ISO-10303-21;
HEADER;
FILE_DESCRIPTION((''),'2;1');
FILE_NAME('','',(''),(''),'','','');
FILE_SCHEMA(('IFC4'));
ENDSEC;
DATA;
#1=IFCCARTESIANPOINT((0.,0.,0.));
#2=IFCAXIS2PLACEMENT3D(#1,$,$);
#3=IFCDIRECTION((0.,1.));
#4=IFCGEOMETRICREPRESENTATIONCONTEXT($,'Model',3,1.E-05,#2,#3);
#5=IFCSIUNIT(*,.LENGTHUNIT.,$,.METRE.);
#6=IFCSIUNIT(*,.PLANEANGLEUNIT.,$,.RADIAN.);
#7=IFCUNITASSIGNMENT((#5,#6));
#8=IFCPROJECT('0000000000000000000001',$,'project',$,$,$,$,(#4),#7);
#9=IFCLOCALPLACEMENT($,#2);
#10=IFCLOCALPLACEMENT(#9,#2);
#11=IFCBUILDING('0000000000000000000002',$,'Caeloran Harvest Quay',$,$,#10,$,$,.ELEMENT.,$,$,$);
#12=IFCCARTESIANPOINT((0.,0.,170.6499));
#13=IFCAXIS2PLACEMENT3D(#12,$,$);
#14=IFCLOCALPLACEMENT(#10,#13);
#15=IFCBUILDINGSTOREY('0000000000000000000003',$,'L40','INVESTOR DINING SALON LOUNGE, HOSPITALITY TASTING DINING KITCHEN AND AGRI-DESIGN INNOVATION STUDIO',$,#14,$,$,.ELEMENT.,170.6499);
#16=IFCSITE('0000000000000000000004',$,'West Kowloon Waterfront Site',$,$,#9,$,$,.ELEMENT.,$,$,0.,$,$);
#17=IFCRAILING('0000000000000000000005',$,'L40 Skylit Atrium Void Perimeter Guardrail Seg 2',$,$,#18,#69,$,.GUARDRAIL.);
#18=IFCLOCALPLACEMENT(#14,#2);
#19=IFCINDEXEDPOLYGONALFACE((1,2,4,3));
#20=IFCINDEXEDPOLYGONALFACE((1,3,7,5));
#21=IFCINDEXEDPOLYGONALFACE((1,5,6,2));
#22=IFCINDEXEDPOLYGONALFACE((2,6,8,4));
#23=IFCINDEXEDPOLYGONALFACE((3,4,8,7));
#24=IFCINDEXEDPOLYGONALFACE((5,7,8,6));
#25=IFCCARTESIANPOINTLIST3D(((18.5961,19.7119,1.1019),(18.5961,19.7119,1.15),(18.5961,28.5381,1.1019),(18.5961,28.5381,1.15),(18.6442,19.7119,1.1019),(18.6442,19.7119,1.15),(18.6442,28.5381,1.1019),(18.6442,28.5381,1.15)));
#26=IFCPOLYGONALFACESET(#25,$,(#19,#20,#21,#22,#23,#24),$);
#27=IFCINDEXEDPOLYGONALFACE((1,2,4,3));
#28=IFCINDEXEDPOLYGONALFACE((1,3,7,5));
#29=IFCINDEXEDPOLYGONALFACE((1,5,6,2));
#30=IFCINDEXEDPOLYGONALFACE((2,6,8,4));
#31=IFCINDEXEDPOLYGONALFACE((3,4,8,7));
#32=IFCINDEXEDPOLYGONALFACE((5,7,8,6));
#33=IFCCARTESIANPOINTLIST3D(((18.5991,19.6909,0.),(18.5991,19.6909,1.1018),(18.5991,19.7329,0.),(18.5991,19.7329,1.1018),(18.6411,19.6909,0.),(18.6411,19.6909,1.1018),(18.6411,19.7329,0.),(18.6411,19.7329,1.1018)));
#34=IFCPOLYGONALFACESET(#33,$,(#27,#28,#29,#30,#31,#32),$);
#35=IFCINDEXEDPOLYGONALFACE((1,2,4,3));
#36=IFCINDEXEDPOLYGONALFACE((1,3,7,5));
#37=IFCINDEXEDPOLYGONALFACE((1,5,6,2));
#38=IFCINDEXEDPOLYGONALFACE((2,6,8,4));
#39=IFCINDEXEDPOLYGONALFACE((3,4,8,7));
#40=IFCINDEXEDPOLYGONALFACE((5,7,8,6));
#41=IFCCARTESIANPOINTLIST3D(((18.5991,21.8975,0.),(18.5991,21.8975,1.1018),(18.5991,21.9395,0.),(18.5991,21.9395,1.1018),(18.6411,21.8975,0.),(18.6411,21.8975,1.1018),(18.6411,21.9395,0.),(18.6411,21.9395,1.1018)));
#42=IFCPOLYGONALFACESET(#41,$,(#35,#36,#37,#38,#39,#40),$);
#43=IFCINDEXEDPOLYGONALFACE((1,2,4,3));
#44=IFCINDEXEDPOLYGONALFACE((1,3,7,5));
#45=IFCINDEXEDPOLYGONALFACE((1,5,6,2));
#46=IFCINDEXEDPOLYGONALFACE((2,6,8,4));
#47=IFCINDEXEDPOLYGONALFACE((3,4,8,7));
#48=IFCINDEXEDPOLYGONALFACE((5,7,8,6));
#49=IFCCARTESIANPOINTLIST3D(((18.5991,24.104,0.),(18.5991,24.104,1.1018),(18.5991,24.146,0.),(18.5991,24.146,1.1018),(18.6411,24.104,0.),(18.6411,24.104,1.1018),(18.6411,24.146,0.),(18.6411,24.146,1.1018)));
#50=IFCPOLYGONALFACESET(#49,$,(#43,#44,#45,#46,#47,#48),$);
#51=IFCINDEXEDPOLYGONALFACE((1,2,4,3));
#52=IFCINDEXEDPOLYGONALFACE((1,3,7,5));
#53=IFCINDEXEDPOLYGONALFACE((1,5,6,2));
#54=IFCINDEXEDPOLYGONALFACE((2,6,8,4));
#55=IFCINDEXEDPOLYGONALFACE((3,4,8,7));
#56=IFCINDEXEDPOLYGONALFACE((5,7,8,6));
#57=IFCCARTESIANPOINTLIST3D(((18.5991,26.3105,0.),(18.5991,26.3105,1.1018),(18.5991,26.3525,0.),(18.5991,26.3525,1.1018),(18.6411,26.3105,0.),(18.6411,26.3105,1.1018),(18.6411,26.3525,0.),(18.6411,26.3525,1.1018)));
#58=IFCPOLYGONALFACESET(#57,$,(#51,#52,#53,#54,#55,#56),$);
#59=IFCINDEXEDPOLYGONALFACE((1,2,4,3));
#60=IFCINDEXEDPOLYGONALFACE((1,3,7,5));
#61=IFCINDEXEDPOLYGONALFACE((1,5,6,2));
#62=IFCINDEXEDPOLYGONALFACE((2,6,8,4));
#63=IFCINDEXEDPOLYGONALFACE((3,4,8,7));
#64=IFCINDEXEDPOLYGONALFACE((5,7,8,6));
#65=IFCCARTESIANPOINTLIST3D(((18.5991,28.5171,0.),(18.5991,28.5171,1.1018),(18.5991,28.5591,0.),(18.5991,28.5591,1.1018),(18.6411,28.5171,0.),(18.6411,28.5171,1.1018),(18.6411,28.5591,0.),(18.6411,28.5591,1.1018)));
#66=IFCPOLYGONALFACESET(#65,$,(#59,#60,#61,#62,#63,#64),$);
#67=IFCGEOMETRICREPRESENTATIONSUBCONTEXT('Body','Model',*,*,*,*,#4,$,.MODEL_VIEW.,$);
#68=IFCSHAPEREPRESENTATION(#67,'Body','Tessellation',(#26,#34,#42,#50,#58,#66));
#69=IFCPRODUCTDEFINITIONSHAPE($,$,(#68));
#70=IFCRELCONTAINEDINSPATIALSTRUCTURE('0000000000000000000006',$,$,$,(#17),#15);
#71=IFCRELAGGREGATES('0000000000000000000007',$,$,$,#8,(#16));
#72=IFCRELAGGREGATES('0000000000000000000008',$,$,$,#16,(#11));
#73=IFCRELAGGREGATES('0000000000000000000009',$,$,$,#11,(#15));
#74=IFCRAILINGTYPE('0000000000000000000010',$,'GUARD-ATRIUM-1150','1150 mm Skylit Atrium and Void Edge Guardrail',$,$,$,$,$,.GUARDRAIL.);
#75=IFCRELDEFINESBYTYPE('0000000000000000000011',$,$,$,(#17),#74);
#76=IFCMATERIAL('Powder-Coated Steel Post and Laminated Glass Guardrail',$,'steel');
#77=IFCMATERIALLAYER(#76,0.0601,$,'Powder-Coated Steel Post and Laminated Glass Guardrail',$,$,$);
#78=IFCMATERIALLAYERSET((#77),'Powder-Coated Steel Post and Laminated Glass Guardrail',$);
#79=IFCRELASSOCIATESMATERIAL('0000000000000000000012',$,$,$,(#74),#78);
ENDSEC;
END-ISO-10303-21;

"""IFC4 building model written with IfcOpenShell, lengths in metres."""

from ifc_helpers import new_model, si_unit, direction, frame, origin, origin_2d, place, context, subcontext, project, spatial, rectangle, extrude, material, layer, layer_set, type_object, element, save


model = new_model("IFC4")

# Units and contexts
model_context = context("Model", 3, precision=1e-05, world=origin(), true_north=direction((0.0, 1.0)))
body_context = subcontext(model_context, "Body", "Model", "MODEL_VIEW")
ifc_project = project(units=[si_unit("LENGTHUNIT", "METRE"), si_unit("PLANEANGLEUNIT", "RADIAN")], contexts=[model_context])

# Site, building, storey
site_placement = place(None, origin())
site = spatial("IfcSite", under=ifc_project, at=site_placement, Name="West Kowloon Waterfront Site", CompositionType="ELEMENT", RefElevation=0.0)
building_placement = place(site_placement, origin())
building = spatial("IfcBuilding", under=site, at=building_placement, Name="Caeloran Harvest Quay", CompositionType="ELEMENT")
storey_placement = place(building_placement, frame((0.0, 0.0, 170.6499)))
storey = spatial("IfcBuildingStorey", under=building, at=storey_placement, Name="L40", Description="INVESTOR DINING SALON LOUNGE, HOSPITALITY TASTING DINING KITCHEN AND AGRI-DESIGN INNOVATION STUDIO", CompositionType="ELEMENT", Elevation=170.6499)

# Railing
ifc_material_1 = material(Name="Powder-Coated Steel Post and Laminated Glass Guardrail", Category="steel")
ifc_layer_1 = layer(ifc_material_1, 0.0601, Name="Powder-Coated Steel Post and Laminated Glass Guardrail")
ifc_layer_set_1 = layer_set([ifc_layer_1], Name="Powder-Coated Steel Post and Laminated Glass Guardrail")
railing_type = type_object("IfcRailingType", Name="GUARD-ATRIUM-1150", Description="1150 mm Skylit Atrium and Void Edge Guardrail", PredefinedType="GUARDRAIL", material=ifc_layer_set_1)
railing_1_placement = place(storey_placement, frame((18.6201, 19.7119, 0.0)))
element("IfcRailing", 1, at=railing_1_placement, inside=storey, type_object=railing_type, Name="L40 Skylit Atrium Void Perimeter Guardrail Seg 2", PredefinedType="GUARDRAIL", context=body_context, shape_type="SweptSolid", body=[
    extrude(rectangle(XDim=0.0481, YDim=0.0481, at=origin_2d()), frame((0.0, 0.0, 1.126), z_axis=(0.0, 1.0, 0.0), x_axis=(-1.0, 0.0, 0.0)), (0.0, 0.0, 1.0), 8.8262),
    extrude(rectangle(XDim=0.042, YDim=0.042, at=origin_2d()), origin(), (0.0, 0.0, 1.0), 1.1018),
    extrude(rectangle(XDim=0.042, YDim=0.042, at=origin_2d()), frame((0.0, 2.2065, 0.0)), (0.0, 0.0, 1.0), 1.1018),
    extrude(rectangle(XDim=0.042, YDim=0.042, at=origin_2d()), frame((0.0, 4.4131, 0.0)), (0.0, 0.0, 1.0), 1.1018),
    extrude(rectangle(XDim=0.042, YDim=0.042, at=origin_2d()), frame((0.0, 6.6196, 0.0)), (0.0, 0.0, 1.0), 1.1018),
    extrude(rectangle(XDim=0.042, YDim=0.042, at=origin_2d()), frame((0.0, 8.8262, 0.0)), (0.0, 0.0, 1.0), 1.1018),
])

save(model, "model.ifc")
